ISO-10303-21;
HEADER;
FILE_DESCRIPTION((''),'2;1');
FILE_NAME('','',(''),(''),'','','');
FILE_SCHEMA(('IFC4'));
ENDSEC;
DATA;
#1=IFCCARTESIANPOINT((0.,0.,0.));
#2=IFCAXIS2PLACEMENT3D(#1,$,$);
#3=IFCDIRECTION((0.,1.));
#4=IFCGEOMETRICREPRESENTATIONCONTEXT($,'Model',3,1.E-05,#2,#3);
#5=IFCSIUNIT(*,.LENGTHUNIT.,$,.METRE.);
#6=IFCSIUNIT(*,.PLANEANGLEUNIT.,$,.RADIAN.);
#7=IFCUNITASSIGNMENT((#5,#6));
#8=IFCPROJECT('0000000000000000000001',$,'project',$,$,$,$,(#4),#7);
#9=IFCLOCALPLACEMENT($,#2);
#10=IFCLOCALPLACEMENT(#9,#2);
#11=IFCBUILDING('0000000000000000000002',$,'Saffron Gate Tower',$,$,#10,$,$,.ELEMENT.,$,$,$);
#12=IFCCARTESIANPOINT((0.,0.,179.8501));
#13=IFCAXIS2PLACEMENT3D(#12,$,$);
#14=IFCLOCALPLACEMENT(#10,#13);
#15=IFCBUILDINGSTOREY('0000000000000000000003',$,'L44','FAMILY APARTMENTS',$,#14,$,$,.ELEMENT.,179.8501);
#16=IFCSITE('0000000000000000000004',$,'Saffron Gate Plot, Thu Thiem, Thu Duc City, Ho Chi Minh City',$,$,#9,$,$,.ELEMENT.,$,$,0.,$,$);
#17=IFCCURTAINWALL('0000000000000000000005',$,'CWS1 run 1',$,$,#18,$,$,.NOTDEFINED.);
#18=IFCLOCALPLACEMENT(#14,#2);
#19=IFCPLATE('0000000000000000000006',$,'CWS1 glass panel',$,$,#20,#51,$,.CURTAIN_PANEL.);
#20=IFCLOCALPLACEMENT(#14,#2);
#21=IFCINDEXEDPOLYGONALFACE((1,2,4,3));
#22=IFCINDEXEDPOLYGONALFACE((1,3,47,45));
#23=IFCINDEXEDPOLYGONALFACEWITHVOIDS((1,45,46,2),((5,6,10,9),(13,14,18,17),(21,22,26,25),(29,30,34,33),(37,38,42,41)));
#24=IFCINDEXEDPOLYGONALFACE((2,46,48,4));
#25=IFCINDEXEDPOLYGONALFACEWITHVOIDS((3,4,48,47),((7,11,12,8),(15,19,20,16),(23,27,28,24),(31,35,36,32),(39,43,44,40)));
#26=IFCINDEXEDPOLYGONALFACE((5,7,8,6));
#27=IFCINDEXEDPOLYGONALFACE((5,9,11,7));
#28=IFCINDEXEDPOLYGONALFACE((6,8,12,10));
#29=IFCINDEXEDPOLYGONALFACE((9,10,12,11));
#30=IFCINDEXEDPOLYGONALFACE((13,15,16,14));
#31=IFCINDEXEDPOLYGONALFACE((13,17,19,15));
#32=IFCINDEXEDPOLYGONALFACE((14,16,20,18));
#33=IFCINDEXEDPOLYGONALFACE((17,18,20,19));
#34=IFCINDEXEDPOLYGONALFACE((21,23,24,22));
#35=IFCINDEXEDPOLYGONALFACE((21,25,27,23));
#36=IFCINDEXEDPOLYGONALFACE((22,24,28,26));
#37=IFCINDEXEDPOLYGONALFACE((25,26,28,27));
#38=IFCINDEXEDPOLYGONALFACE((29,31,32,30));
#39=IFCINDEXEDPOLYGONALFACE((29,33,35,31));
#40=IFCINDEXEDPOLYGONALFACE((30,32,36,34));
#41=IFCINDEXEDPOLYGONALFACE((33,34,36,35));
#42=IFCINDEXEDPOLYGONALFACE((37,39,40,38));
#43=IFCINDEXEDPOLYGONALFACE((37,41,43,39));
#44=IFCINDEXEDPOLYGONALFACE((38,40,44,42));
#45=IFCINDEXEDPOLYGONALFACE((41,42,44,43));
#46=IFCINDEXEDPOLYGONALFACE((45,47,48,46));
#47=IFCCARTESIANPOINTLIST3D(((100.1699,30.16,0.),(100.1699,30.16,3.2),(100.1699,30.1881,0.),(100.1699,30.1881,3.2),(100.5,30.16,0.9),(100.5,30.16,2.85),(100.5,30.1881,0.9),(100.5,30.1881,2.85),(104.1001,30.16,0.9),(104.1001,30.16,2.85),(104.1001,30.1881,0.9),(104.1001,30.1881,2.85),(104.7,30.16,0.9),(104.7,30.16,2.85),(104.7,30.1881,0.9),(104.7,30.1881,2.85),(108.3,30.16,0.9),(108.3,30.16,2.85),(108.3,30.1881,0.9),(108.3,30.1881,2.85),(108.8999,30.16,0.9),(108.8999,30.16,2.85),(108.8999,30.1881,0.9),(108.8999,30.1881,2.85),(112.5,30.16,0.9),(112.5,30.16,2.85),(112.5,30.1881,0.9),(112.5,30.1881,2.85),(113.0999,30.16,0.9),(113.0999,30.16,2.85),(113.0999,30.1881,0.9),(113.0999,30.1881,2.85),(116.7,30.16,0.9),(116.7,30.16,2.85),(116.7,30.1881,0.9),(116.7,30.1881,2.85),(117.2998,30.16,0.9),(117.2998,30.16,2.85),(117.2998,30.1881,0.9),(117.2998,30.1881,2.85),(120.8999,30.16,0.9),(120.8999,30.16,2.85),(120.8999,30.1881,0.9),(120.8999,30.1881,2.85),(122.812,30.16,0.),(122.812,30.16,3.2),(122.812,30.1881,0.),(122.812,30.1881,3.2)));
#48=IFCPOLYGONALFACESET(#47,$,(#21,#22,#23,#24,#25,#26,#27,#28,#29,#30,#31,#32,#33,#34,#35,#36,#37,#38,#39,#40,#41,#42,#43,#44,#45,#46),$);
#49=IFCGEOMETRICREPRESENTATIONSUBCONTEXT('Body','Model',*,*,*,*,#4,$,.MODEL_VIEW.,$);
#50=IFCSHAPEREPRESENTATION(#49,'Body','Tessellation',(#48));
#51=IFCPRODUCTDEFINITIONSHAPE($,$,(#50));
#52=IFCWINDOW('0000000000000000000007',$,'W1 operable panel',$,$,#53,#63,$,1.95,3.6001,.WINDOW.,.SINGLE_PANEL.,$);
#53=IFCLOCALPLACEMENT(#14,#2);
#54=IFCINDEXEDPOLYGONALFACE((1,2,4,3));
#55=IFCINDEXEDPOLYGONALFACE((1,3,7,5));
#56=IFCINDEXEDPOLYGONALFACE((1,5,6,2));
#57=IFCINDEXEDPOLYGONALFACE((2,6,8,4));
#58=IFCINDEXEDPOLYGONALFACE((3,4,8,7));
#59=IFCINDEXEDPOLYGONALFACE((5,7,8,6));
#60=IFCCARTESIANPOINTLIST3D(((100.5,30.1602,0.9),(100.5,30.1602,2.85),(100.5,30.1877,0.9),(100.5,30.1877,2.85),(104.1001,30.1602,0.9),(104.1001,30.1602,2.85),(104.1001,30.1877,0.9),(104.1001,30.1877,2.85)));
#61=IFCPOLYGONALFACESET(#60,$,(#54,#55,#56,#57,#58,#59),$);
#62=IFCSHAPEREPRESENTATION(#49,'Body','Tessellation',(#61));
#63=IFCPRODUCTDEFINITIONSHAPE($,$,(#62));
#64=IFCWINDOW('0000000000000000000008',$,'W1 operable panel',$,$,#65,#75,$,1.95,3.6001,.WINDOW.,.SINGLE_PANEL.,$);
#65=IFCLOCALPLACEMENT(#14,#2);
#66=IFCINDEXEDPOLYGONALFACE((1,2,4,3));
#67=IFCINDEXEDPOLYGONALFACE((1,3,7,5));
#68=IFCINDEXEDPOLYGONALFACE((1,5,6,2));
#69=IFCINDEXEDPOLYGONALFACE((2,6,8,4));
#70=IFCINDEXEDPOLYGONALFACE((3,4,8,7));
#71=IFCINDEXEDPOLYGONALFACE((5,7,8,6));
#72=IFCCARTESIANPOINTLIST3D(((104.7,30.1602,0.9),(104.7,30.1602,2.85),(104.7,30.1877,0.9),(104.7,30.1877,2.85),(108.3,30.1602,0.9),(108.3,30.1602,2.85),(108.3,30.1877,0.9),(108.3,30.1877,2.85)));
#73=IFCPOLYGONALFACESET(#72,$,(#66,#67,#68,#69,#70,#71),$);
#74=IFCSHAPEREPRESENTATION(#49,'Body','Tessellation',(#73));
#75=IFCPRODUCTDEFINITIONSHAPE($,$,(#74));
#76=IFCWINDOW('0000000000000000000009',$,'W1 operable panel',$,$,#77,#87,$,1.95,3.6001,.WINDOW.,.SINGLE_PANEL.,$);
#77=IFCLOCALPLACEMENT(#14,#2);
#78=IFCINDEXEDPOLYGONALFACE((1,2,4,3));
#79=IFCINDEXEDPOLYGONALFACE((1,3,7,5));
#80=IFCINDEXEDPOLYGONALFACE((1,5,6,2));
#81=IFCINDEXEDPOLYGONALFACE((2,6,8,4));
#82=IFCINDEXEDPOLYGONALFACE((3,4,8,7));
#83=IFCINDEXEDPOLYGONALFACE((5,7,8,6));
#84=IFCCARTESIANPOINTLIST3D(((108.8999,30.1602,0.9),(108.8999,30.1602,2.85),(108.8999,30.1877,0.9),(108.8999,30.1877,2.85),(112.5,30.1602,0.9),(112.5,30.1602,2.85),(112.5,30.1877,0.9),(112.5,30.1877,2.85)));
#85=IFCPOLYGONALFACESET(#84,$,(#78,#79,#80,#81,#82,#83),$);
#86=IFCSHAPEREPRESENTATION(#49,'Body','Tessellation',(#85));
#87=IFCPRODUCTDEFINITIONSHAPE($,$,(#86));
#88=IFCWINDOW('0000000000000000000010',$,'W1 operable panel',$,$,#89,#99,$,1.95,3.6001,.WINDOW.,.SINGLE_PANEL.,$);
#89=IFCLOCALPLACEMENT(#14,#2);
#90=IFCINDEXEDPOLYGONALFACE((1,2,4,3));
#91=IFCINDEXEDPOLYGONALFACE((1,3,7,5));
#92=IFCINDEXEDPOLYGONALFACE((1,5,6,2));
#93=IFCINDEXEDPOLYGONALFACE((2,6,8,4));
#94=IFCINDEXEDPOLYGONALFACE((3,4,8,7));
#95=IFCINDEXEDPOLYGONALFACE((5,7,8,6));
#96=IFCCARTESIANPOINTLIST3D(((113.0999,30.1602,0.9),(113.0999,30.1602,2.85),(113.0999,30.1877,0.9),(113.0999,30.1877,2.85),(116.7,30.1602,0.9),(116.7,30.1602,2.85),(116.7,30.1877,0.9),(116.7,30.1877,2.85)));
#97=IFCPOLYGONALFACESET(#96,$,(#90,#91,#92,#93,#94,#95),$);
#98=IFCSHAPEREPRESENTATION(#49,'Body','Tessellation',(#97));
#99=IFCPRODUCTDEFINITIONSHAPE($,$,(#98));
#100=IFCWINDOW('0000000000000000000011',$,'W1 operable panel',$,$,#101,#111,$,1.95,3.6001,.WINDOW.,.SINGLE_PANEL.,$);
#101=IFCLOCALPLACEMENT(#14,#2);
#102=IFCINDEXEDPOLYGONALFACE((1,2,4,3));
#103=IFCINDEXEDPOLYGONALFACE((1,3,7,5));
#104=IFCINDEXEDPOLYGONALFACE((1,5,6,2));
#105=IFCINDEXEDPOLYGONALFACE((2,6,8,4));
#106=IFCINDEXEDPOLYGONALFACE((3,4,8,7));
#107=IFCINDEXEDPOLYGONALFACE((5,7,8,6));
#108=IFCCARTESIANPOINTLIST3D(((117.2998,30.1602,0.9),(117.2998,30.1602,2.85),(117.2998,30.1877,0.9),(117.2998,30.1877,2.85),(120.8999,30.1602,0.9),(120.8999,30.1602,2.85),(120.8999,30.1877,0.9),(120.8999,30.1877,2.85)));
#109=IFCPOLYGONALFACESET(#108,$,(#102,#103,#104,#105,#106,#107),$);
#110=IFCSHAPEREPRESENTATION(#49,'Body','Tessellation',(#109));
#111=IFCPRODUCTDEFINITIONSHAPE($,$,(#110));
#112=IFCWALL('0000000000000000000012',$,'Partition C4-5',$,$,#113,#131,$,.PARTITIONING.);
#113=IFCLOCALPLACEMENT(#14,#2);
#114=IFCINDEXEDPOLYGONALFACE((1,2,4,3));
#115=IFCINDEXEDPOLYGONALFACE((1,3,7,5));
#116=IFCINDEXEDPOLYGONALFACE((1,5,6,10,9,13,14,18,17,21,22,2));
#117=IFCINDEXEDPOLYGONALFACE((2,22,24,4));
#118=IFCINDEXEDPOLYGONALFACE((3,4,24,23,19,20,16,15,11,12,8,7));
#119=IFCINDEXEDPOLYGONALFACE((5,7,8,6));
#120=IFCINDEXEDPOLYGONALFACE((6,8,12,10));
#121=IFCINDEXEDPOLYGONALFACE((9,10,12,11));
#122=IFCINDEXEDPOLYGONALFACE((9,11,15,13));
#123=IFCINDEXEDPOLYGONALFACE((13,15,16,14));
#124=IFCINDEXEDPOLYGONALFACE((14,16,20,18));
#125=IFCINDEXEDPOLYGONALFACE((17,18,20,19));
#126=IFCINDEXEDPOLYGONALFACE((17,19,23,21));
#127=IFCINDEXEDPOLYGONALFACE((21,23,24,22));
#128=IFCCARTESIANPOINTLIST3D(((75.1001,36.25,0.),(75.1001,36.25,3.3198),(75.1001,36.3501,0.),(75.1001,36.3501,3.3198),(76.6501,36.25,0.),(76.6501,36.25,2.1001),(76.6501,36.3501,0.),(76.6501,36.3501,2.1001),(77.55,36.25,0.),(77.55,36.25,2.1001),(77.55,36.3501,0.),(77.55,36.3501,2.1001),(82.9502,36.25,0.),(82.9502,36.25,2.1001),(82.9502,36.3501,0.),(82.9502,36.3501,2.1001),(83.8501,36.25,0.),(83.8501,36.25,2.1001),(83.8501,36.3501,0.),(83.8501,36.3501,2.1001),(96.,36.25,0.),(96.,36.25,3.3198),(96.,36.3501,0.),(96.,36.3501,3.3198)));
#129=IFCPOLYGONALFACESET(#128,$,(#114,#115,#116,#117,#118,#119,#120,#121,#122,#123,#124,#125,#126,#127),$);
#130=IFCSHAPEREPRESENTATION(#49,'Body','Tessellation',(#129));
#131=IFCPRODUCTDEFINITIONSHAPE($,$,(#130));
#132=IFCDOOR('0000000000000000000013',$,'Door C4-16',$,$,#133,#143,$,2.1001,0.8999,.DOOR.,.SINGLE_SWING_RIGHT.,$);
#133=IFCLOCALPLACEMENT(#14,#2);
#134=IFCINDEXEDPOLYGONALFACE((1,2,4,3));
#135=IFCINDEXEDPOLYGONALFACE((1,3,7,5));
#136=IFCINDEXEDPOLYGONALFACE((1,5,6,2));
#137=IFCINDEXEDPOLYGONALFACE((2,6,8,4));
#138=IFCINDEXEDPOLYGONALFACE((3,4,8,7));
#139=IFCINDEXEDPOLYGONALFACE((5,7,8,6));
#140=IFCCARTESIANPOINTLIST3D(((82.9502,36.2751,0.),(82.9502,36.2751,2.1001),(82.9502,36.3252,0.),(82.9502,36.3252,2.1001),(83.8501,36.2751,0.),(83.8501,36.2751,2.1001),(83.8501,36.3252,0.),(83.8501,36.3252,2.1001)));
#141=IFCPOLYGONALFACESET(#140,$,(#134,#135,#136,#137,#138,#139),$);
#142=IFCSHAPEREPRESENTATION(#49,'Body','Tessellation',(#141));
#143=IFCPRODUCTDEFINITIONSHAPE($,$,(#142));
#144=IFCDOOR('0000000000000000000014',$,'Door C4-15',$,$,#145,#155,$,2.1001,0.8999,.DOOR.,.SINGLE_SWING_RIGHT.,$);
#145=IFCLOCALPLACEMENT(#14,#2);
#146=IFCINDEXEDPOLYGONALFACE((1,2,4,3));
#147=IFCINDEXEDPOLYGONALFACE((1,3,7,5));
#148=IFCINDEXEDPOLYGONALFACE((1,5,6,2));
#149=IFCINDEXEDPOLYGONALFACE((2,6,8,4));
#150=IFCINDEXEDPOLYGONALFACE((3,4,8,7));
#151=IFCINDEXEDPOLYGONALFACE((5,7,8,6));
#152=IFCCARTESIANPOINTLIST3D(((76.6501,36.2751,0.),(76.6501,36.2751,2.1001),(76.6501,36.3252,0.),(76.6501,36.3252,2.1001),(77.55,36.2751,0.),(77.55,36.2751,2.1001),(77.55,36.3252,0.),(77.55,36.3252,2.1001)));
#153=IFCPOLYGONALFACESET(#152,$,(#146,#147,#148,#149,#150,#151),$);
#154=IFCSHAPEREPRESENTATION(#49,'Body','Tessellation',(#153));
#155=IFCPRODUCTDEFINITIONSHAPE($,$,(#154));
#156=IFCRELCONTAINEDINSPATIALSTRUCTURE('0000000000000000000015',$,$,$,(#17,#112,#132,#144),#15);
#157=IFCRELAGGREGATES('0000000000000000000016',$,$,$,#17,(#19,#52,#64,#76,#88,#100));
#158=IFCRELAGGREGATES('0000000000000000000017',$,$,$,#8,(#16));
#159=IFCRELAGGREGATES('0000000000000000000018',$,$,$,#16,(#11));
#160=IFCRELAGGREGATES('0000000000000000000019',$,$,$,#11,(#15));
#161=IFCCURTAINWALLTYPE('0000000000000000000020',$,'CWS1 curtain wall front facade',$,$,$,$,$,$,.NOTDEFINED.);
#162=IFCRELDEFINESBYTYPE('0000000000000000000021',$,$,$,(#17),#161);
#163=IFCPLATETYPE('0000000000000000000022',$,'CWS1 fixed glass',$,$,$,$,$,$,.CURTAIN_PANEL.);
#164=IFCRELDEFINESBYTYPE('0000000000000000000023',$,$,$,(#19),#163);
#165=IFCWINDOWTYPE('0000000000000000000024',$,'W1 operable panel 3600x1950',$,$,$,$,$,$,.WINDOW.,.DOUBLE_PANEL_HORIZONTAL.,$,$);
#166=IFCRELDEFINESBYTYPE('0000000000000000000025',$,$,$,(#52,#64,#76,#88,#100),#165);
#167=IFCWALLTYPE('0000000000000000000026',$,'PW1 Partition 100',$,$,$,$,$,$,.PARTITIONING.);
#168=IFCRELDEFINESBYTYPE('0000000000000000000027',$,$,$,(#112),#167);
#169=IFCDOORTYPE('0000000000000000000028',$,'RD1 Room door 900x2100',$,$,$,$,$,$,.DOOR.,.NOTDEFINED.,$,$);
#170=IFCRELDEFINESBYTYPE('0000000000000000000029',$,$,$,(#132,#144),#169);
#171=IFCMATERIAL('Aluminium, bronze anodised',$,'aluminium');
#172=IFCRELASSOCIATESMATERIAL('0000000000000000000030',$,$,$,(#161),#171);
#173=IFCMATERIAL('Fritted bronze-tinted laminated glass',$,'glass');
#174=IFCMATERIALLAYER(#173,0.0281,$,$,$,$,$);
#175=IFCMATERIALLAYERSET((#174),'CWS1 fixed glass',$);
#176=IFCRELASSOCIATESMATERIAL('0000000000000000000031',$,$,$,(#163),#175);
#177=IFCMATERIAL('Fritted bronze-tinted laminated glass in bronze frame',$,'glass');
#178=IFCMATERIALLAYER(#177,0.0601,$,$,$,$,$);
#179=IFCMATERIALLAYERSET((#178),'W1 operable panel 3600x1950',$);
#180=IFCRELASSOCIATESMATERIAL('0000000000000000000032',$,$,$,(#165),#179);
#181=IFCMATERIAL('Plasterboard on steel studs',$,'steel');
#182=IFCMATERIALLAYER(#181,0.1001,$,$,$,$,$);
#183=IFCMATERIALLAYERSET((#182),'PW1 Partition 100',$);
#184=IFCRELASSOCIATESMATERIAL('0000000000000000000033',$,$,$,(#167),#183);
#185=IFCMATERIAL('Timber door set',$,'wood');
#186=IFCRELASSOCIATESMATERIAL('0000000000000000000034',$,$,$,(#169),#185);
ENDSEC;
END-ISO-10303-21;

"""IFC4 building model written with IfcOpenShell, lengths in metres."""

from ifc_helpers import new_model, si_unit, direction, frame, frame_2d, origin, place, context, subcontext, project, spatial, rectangle, extrude, material, layer, layer_set, type_object, element, fill, aggregate, save


model = new_model("IFC4")

# Units and contexts
model_context = context("Model", 3, precision=1e-05, world=origin(), true_north=direction((0.0, 1.0)))
body_context = subcontext(model_context, "Body", "Model", "MODEL_VIEW")
ifc_project = project(units=[si_unit("LENGTHUNIT", "METRE"), si_unit("PLANEANGLEUNIT", "RADIAN")], contexts=[model_context])

# Site, building, storey
site_placement = place(None, origin())
site = spatial("IfcSite", under=ifc_project, at=site_placement, Name="Saffron Gate Plot, Thu Thiem, Thu Duc City, Ho Chi Minh City", CompositionType="ELEMENT", RefElevation=0.0)
building_placement = place(site_placement, origin())
building = spatial("IfcBuilding", under=site, at=building_placement, Name="Saffron Gate Tower", CompositionType="ELEMENT")
storey_placement = place(building_placement, frame((0.0, 0.0, 179.8501)))
storey = spatial("IfcBuildingStorey", under=building, at=storey_placement, Name="L44", Description="FAMILY APARTMENTS", CompositionType="ELEMENT", Elevation=179.8501)

# Curtain wall, plate, openings, windows
ifc_material_1 = material(Name="Aluminium, bronze anodised", Category="aluminium")
curtain_wall_type = type_object("IfcCurtainWallType", Name="CWS1 curtain wall front facade", PredefinedType="NOTDEFINED", material=ifc_material_1)
curtain_wall_placement = place(storey_placement, origin())
curtain_wall = element("IfcCurtainWall", 1, at=curtain_wall_placement, inside=storey, type_object=curtain_wall_type, Name="CWS1 run 1", PredefinedType="NOTDEFINED")
ifc_material_2 = material(Name="Fritted bronze-tinted laminated glass", Category="glass")
ifc_layer_1 = layer(ifc_material_2, 0.0281)
ifc_layer_set_1 = layer_set([ifc_layer_1], Name="CWS1 fixed glass")
plate_type = type_object("IfcPlateType", Name="CWS1 fixed glass", PredefinedType="CURTAIN_PANEL", material=ifc_layer_set_1)
plate_placement = place(storey_placement, frame((100.1699, 30.1741, 0.0), z_axis=(0.0, 0.0, 1.0), x_axis=(1.0, 0.0, 0.0)))
plate = element("IfcPlate", 2, at=plate_placement, type_object=plate_type, Name="CWS1 glass panel", PredefinedType="CURTAIN_PANEL", context=body_context, shape_type="SweptSolid", body=[
    extrude(rectangle(XDim=22.6421, YDim=0.0281, at=frame_2d((11.321, 0.0))), origin(), (0.0, 0.0, 1.0), 3.2),
])
opening_1_placement = place(plate_placement, frame((0.3301, 0.0, 0.8999)))
opening_1 = element("IfcOpeningElement", 3, at=opening_1_placement, cuts=plate, PredefinedType="OPENING", context=body_context, shape_type="SweptSolid", body=[
    extrude(rectangle(XDim=3.6001, YDim=1.95, at=frame_2d((1.8, 0.9751))), frame((0.0, 0.0239, 0.0), z_axis=(0.0, -1.0, 0.0), x_axis=(1.0, 0.0, 0.0)), (0.0, 0.0, 1.0), 0.0481),
])
opening_2_placement = place(plate_placement, frame((4.53, 0.0, 0.8999)))
opening_2 = element("IfcOpeningElement", 4, at=opening_2_placement, cuts=plate, PredefinedType="OPENING", context=body_context, shape_type="SweptSolid", body=[
    extrude(rectangle(XDim=3.6001, YDim=1.95, at=frame_2d((1.8, 0.9751))), frame((0.0, 0.0239, 0.0), z_axis=(0.0, -1.0, 0.0), x_axis=(1.0, 0.0, 0.0)), (0.0, 0.0, 1.0), 0.0481),
])
opening_3_placement = place(plate_placement, frame((8.73, 0.0, 0.8999)))
opening_3 = element("IfcOpeningElement", 5, at=opening_3_placement, cuts=plate, PredefinedType="OPENING", context=body_context, shape_type="SweptSolid", body=[
    extrude(rectangle(XDim=3.6001, YDim=1.95, at=frame_2d((1.8, 0.9751))), frame((0.0, 0.0239, 0.0), z_axis=(0.0, -1.0, 0.0), x_axis=(1.0, 0.0, 0.0)), (0.0, 0.0, 1.0), 0.0481),
])
opening_4_placement = place(plate_placement, frame((12.9299, 0.0, 0.8999)))
opening_4 = element("IfcOpeningElement", 6, at=opening_4_placement, cuts=plate, PredefinedType="OPENING", context=body_context, shape_type="SweptSolid", body=[
    extrude(rectangle(XDim=3.6001, YDim=1.95, at=frame_2d((1.8, 0.9751))), frame((0.0, 0.0239, 0.0), z_axis=(0.0, -1.0, 0.0), x_axis=(1.0, 0.0, 0.0)), (0.0, 0.0, 1.0), 0.0481),
])
opening_5_placement = place(plate_placement, frame((17.1299, 0.0, 0.8999)))
opening_5 = element("IfcOpeningElement", 7, at=opening_5_placement, cuts=plate, PredefinedType="OPENING", context=body_context, shape_type="SweptSolid", body=[
    extrude(rectangle(XDim=3.6001, YDim=1.95, at=frame_2d((1.8, 0.9751))), frame((0.0, 0.0239, 0.0), z_axis=(0.0, -1.0, 0.0), x_axis=(1.0, 0.0, 0.0)), (0.0, 0.0, 1.0), 0.0481),
])
ifc_material_3 = material(Name="Fritted bronze-tinted laminated glass in bronze frame", Category="glass")
ifc_layer_2 = layer(ifc_material_3, 0.0601)
ifc_layer_set_2 = layer_set([ifc_layer_2], Name="W1 operable panel 3600x1950")
window_type = type_object("IfcWindowType", Name="W1 operable panel 3600x1950", PartitioningType="DOUBLE_PANEL_HORIZONTAL", PredefinedType="WINDOW", material=ifc_layer_set_2)
window_1_placement = place(opening_1_placement, origin())
window_1 = element("IfcWindow", 8, at=window_1_placement, type_object=window_type, Name="W1 operable panel", OverallHeight=1.95, OverallWidth=3.6001, PartitioningType="SINGLE_PANEL", PredefinedType="WINDOW", context=body_context, shape_type="SweptSolid", body=[
    extrude(rectangle(XDim=3.6001, YDim=1.95, at=frame_2d((1.8, 0.9751))), frame((0.0, 0.0137, 0.0), z_axis=(0.0, -1.0, 0.0), x_axis=(1.0, 0.0, 0.0)), (0.0, 0.0, 1.0), 0.0276),
])
fill(opening_1, window_1)
window_2_placement = place(opening_2_placement, origin())
window_2 = element("IfcWindow", 9, at=window_2_placement, type_object=window_type, Name="W1 operable panel", OverallHeight=1.95, OverallWidth=3.6001, PartitioningType="SINGLE_PANEL", PredefinedType="WINDOW", context=body_context, shape_type="SweptSolid", body=[
    extrude(rectangle(XDim=3.6001, YDim=1.95, at=frame_2d((1.8, 0.9751))), frame((0.0, 0.0137, 0.0), z_axis=(0.0, -1.0, 0.0), x_axis=(1.0, 0.0, 0.0)), (0.0, 0.0, 1.0), 0.0276),
])
fill(opening_2, window_2)
window_3_placement = place(opening_3_placement, origin())
window_3 = element("IfcWindow", 10, at=window_3_placement, type_object=window_type, Name="W1 operable panel", OverallHeight=1.95, OverallWidth=3.6001, PartitioningType="SINGLE_PANEL", PredefinedType="WINDOW", context=body_context, shape_type="SweptSolid", body=[
    extrude(rectangle(XDim=3.6001, YDim=1.95, at=frame_2d((1.8, 0.9751))), frame((0.0, 0.0137, 0.0), z_axis=(0.0, -1.0, 0.0), x_axis=(1.0, 0.0, 0.0)), (0.0, 0.0, 1.0), 0.0276),
])
fill(opening_3, window_3)
window_4_placement = place(opening_4_placement, origin())
window_4 = element("IfcWindow", 11, at=window_4_placement, type_object=window_type, Name="W1 operable panel", OverallHeight=1.95, OverallWidth=3.6001, PartitioningType="SINGLE_PANEL", PredefinedType="WINDOW", context=body_context, shape_type="SweptSolid", body=[
    extrude(rectangle(XDim=3.6001, YDim=1.95, at=frame_2d((1.8, 0.9751))), frame((0.0, 0.0137, 0.0), z_axis=(0.0, -1.0, 0.0), x_axis=(1.0, 0.0, 0.0)), (0.0, 0.0, 1.0), 0.0276),
])
fill(opening_4, window_4)
window_5_placement = place(opening_5_placement, origin())
window_5 = element("IfcWindow", 12, at=window_5_placement, type_object=window_type, Name="W1 operable panel", OverallHeight=1.95, OverallWidth=3.6001, PartitioningType="SINGLE_PANEL", PredefinedType="WINDOW", context=body_context, shape_type="SweptSolid", body=[
    extrude(rectangle(XDim=3.6001, YDim=1.95, at=frame_2d((1.8, 0.9751))), frame((0.0, 0.0137, 0.0), z_axis=(0.0, -1.0, 0.0), x_axis=(1.0, 0.0, 0.0)), (0.0, 0.0, 1.0), 0.0276),
])
fill(opening_5, window_5)
aggregate(curtain_wall, [plate, window_1, window_2, window_3, window_4, window_5])

# Wall, openings, doors
ifc_material_4 = material(Name="Plasterboard on steel studs", Category="steel")
ifc_layer_3 = layer(ifc_material_4, 0.1001)
ifc_layer_set_3 = layer_set([ifc_layer_3], Name="PW1 Partition 100")
wall_type_1 = type_object("IfcWallType", Name="PW1 Partition 100", PredefinedType="PARTITIONING", material=ifc_layer_set_3)
wall_1_placement = place(storey_placement, frame((96.0, 36.3, 0.0), z_axis=(0.0, 0.0, 1.0), x_axis=(-1.0, 0.0, 0.0)))
wall_1 = element("IfcWall", 13, at=wall_1_placement, inside=storey, type_object=wall_type_1, Name="Partition C4-5", PredefinedType="PARTITIONING", context=body_context, shape_type="SweptSolid", body=[
    extrude(rectangle(XDim=20.8999, YDim=0.1001, at=frame_2d((10.45, 0.0))), origin(), (0.0, 0.0, 1.0), 3.3198),
])
opening_6_placement = place(wall_1_placement, frame((12.1499, 0.0, 0.0)))
opening_6 = element("IfcOpeningElement", 14, at=opening_6_placement, cuts=wall_1, PredefinedType="OPENING", context=body_context, shape_type="SweptSolid", body=[
    extrude(rectangle(XDim=0.8999, YDim=2.1001, at=frame_2d((0.45, 1.05))), frame((0.0, 0.0601, 0.0), z_axis=(0.0, -1.0, 0.0), x_axis=(1.0, 0.0, 0.0)), (0.0, 0.0, 1.0), 0.1201),
])
opening_7_placement = place(wall_1_placement, frame((18.45, 0.0, 0.0)))
opening_7 = element("IfcOpeningElement", 15, at=opening_7_placement, cuts=wall_1, PredefinedType="OPENING", context=body_context, shape_type="SweptSolid", body=[
    extrude(rectangle(XDim=0.8999, YDim=2.1001, at=frame_2d((0.45, 1.05))), frame((0.0, 0.0601, 0.0), z_axis=(0.0, -1.0, 0.0), x_axis=(1.0, 0.0, 0.0)), (0.0, 0.0, 1.0), 0.1201),
])
ifc_material_5 = material(Name="Timber door set", Category="wood")
door_type_1 = type_object("IfcDoorType", Name="RD1 Room door 900x2100", OperationType="NOTDEFINED", PredefinedType="DOOR", material=ifc_material_5)
door_1_placement = place(opening_6_placement, origin())
door_1 = element("IfcDoor", 16, at=door_1_placement, inside=storey, type_object=door_type_1, Name="Door C4-16", OperationType="SINGLE_SWING_RIGHT", OverallHeight=2.1001, OverallWidth=0.8999, PredefinedType="DOOR", context=body_context, shape_type="SweptSolid", body=[
    extrude(rectangle(XDim=0.8999, YDim=2.1001, at=frame_2d((0.45, 1.05))), frame((0.0, 0.0249, 0.0), z_axis=(0.0, -1.0, 0.0), x_axis=(1.0, 0.0, 0.0)), (0.0, 0.0, 1.0), 0.05),
])
fill(opening_6, door_1)
door_2_placement = place(opening_7_placement, origin())
door_2 = element("IfcDoor", 17, at=door_2_placement, inside=storey, type_object=door_type_1, Name="Door C4-15", OperationType="SINGLE_SWING_RIGHT", OverallHeight=2.1001, OverallWidth=0.8999, PredefinedType="DOOR", context=body_context, shape_type="SweptSolid", body=[
    extrude(rectangle(XDim=0.8999, YDim=2.1001, at=frame_2d((0.45, 1.05))), frame((0.0, 0.0249, 0.0), z_axis=(0.0, -1.0, 0.0), x_axis=(1.0, 0.0, 0.0)), (0.0, 0.0, 1.0), 0.05),
])
fill(opening_7, door_2)

save(model, "model.ifc")
